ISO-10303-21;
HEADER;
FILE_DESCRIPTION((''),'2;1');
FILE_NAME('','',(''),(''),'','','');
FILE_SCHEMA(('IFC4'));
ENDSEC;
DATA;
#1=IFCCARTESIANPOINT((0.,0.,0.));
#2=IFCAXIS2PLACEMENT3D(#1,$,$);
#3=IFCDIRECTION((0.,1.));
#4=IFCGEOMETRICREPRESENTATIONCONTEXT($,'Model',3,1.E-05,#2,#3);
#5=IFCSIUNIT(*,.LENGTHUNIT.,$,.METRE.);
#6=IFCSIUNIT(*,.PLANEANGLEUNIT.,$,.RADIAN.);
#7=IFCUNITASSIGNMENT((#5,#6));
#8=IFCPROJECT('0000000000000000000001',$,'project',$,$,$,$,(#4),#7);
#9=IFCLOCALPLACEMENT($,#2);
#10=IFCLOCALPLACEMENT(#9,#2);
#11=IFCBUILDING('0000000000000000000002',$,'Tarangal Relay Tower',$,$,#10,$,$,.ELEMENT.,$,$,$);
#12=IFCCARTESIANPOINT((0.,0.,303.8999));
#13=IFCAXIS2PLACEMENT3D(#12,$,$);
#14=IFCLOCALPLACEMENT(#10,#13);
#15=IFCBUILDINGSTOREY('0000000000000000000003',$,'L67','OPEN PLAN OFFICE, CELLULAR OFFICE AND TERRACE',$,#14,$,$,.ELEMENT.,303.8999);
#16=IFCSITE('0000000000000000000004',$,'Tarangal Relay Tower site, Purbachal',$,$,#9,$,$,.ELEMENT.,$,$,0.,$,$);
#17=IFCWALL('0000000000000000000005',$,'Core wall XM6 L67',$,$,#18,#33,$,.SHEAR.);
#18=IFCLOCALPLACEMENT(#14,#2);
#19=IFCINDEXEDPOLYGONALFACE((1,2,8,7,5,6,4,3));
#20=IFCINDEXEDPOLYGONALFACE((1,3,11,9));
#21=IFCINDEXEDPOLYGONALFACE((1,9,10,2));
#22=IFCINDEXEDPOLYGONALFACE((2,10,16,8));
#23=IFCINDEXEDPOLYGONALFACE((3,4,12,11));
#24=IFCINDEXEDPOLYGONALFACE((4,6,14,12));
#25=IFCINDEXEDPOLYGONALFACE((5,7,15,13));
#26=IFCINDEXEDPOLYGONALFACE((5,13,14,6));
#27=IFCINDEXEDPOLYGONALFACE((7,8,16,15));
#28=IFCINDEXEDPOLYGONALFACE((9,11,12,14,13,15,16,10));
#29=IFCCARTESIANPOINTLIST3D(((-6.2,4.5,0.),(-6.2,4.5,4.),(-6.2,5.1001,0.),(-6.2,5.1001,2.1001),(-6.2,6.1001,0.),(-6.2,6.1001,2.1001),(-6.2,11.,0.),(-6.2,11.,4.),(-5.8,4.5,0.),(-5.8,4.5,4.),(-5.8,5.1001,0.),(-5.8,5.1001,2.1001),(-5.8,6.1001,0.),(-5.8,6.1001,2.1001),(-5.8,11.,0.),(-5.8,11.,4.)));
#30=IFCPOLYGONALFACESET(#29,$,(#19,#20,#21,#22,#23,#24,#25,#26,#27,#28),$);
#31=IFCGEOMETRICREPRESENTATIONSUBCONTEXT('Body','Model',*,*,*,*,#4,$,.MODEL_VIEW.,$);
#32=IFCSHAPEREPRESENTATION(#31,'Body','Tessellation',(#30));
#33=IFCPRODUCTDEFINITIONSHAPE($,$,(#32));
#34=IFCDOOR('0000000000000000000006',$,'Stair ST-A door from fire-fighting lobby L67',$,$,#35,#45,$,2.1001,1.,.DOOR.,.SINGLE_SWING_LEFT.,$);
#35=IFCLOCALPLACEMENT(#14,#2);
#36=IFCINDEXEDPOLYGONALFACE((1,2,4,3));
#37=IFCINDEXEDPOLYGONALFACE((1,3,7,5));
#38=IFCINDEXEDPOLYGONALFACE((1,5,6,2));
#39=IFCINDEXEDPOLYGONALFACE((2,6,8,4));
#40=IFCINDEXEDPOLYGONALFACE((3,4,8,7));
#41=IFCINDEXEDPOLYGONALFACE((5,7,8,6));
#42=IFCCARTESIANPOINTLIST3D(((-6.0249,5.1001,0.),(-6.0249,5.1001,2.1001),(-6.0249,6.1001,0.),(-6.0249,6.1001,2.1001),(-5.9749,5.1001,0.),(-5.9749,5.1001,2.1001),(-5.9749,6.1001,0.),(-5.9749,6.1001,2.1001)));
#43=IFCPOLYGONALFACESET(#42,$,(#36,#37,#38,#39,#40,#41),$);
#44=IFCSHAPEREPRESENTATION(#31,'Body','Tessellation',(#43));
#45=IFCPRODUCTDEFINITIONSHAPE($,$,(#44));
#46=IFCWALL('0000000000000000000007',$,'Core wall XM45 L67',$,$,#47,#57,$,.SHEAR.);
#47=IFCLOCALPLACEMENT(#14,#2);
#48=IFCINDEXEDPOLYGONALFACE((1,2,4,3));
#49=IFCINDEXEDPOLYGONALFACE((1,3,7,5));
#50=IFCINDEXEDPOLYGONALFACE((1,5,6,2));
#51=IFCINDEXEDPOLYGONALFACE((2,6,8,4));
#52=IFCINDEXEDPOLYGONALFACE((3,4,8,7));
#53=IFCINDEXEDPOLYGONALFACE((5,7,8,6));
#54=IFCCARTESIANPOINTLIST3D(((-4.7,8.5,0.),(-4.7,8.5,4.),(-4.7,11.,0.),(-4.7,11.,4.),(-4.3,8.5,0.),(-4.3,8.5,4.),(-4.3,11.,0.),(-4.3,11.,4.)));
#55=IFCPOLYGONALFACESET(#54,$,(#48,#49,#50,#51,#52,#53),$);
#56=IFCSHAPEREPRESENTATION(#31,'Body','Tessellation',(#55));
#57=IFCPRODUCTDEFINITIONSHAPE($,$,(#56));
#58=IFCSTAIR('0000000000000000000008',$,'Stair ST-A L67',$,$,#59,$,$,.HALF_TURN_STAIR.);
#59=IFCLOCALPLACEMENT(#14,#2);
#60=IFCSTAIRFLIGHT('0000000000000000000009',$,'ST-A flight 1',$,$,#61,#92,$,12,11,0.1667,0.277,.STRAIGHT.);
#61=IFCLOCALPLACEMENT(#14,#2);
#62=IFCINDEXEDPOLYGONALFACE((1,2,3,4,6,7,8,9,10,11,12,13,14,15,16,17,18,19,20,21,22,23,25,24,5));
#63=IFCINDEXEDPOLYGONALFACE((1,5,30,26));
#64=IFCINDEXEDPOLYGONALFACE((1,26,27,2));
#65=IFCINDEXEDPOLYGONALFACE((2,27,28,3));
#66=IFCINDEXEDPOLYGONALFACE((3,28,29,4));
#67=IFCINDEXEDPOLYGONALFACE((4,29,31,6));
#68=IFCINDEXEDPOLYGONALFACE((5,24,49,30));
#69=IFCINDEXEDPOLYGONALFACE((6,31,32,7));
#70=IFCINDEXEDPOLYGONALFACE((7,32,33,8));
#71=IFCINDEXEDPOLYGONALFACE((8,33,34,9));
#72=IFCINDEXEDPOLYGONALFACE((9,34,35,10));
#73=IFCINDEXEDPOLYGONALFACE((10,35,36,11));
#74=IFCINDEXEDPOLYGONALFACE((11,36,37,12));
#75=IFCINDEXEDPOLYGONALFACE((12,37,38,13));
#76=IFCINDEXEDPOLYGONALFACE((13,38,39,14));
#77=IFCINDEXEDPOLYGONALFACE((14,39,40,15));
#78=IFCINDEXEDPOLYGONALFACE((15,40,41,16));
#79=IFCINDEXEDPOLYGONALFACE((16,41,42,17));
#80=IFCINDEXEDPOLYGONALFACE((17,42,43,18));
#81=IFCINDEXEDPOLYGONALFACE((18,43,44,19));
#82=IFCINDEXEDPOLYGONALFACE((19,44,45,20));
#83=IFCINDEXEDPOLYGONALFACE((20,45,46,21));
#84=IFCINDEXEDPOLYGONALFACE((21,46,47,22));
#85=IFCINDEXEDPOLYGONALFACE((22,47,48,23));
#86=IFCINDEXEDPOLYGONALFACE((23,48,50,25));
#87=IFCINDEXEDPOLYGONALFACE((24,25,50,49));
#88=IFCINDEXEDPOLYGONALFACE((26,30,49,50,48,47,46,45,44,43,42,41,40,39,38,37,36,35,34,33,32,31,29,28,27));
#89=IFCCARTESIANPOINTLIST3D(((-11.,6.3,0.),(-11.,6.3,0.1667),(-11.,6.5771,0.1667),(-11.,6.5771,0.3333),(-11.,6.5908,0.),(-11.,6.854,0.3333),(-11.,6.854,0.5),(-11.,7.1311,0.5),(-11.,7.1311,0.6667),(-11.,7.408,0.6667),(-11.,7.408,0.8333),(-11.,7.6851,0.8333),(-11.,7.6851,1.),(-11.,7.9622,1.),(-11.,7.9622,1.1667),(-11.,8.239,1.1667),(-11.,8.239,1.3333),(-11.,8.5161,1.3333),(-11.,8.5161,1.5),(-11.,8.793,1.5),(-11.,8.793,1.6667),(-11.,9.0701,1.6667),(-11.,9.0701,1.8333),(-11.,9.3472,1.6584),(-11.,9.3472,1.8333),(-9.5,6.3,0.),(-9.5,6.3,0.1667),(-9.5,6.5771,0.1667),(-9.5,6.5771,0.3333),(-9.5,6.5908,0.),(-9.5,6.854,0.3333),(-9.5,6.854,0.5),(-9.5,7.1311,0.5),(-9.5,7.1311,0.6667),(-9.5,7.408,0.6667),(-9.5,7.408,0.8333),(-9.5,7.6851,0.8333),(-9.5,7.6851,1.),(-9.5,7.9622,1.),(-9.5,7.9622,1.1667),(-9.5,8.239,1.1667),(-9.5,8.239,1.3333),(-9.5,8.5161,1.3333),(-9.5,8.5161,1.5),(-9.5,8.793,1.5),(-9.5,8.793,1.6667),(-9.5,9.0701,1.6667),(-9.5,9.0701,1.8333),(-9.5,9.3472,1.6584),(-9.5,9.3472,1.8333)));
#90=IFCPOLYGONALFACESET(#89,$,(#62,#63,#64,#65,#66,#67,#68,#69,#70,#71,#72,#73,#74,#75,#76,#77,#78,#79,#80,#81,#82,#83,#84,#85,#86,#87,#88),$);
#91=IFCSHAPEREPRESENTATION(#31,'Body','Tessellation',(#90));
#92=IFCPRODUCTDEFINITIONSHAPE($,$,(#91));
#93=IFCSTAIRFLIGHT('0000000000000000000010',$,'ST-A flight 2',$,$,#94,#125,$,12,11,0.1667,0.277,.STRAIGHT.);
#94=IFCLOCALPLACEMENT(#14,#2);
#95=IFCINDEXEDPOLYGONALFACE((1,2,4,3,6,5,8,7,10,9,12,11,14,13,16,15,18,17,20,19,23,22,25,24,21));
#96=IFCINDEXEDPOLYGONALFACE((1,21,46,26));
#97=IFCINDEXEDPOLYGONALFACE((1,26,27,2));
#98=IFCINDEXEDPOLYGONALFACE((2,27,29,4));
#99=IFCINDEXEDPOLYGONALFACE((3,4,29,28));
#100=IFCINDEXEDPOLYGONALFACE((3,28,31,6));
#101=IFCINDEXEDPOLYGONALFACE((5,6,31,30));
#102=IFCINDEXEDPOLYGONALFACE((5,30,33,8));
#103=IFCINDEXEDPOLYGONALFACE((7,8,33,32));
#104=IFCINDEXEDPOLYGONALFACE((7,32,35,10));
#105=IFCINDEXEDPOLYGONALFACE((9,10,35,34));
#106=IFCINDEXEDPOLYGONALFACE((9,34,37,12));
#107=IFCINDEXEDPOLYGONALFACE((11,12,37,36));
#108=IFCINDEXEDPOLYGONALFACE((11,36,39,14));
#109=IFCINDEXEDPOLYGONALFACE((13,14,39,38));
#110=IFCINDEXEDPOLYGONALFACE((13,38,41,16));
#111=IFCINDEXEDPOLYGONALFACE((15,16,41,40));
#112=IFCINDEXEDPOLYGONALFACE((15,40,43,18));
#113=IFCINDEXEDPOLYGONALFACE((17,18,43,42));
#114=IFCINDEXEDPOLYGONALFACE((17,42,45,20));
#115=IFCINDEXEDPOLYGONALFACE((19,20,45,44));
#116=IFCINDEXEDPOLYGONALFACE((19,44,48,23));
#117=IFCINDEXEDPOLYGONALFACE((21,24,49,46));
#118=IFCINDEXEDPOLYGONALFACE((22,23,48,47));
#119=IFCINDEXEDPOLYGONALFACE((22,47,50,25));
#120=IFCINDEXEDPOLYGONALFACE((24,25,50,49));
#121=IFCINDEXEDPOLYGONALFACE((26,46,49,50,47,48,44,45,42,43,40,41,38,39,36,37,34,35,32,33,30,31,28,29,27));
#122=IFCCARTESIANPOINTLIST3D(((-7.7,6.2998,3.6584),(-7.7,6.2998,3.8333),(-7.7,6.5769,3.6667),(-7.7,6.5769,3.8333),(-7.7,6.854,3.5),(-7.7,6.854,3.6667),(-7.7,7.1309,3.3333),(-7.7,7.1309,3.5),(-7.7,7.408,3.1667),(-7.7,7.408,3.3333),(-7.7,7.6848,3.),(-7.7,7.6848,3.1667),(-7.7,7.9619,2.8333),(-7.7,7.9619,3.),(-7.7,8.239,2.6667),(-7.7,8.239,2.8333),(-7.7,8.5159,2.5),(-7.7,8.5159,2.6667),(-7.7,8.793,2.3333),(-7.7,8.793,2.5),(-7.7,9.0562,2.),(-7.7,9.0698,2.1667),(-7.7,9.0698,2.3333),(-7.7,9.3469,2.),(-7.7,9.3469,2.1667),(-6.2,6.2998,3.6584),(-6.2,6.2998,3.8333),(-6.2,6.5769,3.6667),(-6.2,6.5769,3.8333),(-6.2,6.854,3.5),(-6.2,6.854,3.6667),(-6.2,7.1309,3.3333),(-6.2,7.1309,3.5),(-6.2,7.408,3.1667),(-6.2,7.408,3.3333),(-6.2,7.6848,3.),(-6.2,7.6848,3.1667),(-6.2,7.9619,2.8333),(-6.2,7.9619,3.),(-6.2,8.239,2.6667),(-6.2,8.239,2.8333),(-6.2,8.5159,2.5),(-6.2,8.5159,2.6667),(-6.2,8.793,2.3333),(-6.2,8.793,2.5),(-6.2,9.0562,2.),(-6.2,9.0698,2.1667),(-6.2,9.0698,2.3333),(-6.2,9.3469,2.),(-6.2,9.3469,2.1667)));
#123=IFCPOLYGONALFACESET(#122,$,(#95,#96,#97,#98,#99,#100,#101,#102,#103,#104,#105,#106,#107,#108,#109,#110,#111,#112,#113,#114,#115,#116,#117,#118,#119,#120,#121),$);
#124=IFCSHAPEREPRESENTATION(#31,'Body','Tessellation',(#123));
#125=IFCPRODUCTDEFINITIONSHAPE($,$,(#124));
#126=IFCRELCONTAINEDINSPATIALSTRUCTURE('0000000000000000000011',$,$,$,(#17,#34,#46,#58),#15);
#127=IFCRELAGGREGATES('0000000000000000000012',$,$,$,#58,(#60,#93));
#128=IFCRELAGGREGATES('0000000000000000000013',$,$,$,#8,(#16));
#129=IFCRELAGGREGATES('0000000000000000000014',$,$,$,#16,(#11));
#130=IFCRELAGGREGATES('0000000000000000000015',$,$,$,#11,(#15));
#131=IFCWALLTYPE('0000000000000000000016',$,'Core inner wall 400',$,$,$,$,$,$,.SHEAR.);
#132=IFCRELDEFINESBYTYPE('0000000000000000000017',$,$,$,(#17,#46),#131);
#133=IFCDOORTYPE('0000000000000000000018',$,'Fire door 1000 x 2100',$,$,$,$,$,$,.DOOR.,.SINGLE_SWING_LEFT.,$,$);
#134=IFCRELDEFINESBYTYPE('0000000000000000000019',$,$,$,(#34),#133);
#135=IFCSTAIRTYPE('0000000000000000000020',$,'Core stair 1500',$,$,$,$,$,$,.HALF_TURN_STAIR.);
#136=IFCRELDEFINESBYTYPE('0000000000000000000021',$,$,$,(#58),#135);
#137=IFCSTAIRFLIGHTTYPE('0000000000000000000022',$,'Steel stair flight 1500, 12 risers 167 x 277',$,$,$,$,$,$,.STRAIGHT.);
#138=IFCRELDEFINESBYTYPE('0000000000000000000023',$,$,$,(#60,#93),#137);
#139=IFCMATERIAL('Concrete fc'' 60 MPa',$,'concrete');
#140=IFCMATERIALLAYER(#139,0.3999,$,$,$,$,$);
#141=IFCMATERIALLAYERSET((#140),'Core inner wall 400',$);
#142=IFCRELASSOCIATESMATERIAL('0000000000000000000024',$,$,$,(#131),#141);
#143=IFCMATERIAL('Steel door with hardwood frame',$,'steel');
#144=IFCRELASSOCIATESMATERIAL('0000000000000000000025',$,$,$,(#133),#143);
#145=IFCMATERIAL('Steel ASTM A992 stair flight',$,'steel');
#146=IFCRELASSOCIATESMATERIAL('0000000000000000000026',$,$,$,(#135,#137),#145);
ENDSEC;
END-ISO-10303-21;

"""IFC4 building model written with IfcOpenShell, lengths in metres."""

from ifc_helpers import new_model, si_unit, direction, frame, frame_2d, origin, place, context, subcontext, project, spatial, polyline, rectangle, outline, extrude, material, layer, layer_set, type_object, element, fill, aggregate, save


model = new_model("IFC4")

# Units and contexts
model_context = context("Model", 3, precision=1e-05, world=origin(), true_north=direction((0.0, 1.0)))
body_context = subcontext(model_context, "Body", "Model", "MODEL_VIEW")
ifc_project = project(units=[si_unit("LENGTHUNIT", "METRE"), si_unit("PLANEANGLEUNIT", "RADIAN")], contexts=[model_context])

# Site, building, storey
site_placement = place(None, origin())
site = spatial("IfcSite", under=ifc_project, at=site_placement, Name="Tarangal Relay Tower site, Purbachal", CompositionType="ELEMENT", RefElevation=0.0)
building_placement = place(site_placement, origin())
building = spatial("IfcBuilding", under=site, at=building_placement, Name="Tarangal Relay Tower", CompositionType="ELEMENT")
storey_placement = place(building_placement, frame((0.0, 0.0, 303.8999)))
storey = spatial("IfcBuildingStorey", under=building, at=storey_placement, Name="L67", Description="OPEN PLAN OFFICE, CELLULAR OFFICE AND TERRACE", CompositionType="ELEMENT", Elevation=303.8999)

# Shared definitions
ifc_material_1 = material(Name="Concrete fc' 60 MPa", Category="concrete")
ifc_layer = layer(ifc_material_1, 0.3999)
ifc_layer_set = layer_set([ifc_layer], Name="Core inner wall 400")
wall_type = type_object("IfcWallType", Name="Core inner wall 400", PredefinedType="SHEAR", material=ifc_layer_set)
ifc_material_2 = material(Name="Steel door with hardwood frame", Category="steel")

# Wall, opening, door
wall_1_placement = place(storey_placement, frame((-6.0, 4.5, 0.0), z_axis=(0.0, 0.0, 1.0), x_axis=(0.0, 1.0, 0.0)))
wall_1 = element("IfcWall", 1, at=wall_1_placement, inside=storey, type_object=wall_type, Name="Core wall XM6 L67", PredefinedType="SHEAR", context=body_context, shape_type="SweptSolid", body=[
    extrude(rectangle(XDim=6.5, YDim=0.3999, at=frame_2d((3.25, 0.0))), origin(), (0.0, 0.0, 1.0), 4.0),
])
opening_1_placement = place(wall_1_placement, frame((0.6001, 0.0, 0.0)))
opening_1 = element("IfcOpeningElement", 2, at=opening_1_placement, cuts=wall_1, PredefinedType="OPENING", context=body_context, shape_type="SweptSolid", body=[
    extrude(rectangle(XDim=1.0, YDim=2.1001, at=frame_2d((0.5, 1.05))), frame((0.0, 0.21, 0.0), z_axis=(0.0, -1.0, 0.0), x_axis=(1.0, 0.0, 0.0)), (0.0, 0.0, 1.0), 0.4199),
])
door_type_1 = type_object("IfcDoorType", Name="Fire door 1000 x 2100", OperationType="SINGLE_SWING_LEFT", PredefinedType="DOOR", material=ifc_material_2)
door_1_placement = place(opening_1_placement, origin())
door_1 = element("IfcDoor", 3, at=door_1_placement, inside=storey, type_object=door_type_1, Name="Stair ST-A door from fire-fighting lobby L67", OperationType="SINGLE_SWING_LEFT", OverallHeight=2.1001, OverallWidth=1.0, PredefinedType="DOOR", context=body_context, shape_type="SweptSolid", body=[
    extrude(rectangle(XDim=1.0, YDim=2.1001, at=frame_2d((0.5, 1.05))), frame((0.0, 0.0249, 0.0), z_axis=(0.0, -1.0, 0.0), x_axis=(1.0, 0.0, 0.0)), (0.0, 0.0, 1.0), 0.05),
])
fill(opening_1, door_1)

# Wall
wall_2_placement = place(storey_placement, frame((-4.5, 8.5, 0.0), z_axis=(0.0, 0.0, 1.0), x_axis=(0.0, 1.0, 0.0)))
element("IfcWall", 4, at=wall_2_placement, inside=storey, type_object=wall_type, Name="Core wall XM45 L67", PredefinedType="SHEAR", context=body_context, shape_type="SweptSolid", body=[
    extrude(rectangle(XDim=2.5, YDim=0.3999, at=frame_2d((1.25, 0.0))), origin(), (0.0, 0.0, 1.0), 4.0),
])

# Stair, stair flights
ifc_material_3 = material(Name="Steel ASTM A992 stair flight", Category="steel")
stair_type = type_object("IfcStairType", Name="Core stair 1500", PredefinedType="HALF_TURN_STAIR", material=ifc_material_3)
stair_placement = place(storey_placement, origin())
stair = element("IfcStair", 5, at=stair_placement, inside=storey, type_object=stair_type, Name="Stair ST-A L67", PredefinedType="HALF_TURN_STAIR")
stair_flight_type = type_object("IfcStairFlightType", Name="Steel stair flight 1500, 12 risers 167 x 277", PredefinedType="STRAIGHT", material=ifc_material_3)
stair_flight_1_placement = place(storey_placement, frame((-10.25, 6.3, 0.0), z_axis=(0.0, 0.0, 1.0), x_axis=(0.0, 1.0, 0.0)))
stair_flight_1 = element("IfcStairFlight", 6, at=stair_flight_1_placement, type_object=stair_flight_type, Name="ST-A flight 1", NumberOfRisers=12, NumberOfTreads=11, PredefinedType="STRAIGHT", RiserHeight=0.1667, TreadLength=0.277, context=body_context, shape_type="SweptSolid", body=[
    extrude(outline(polyline([(0.0, 0.0), (0.0, 0.1667), (0.2771, 0.1667), (0.2771, 0.3333), (0.554, 0.3333), (0.554, 0.5), (0.8311, 0.5), (0.8311, 0.6667), (1.1079, 0.6667), (1.1079, 0.8333), (1.385, 0.8333), (1.385, 1.0), (1.6621, 1.0), (1.6621, 1.1667), (1.939, 1.1667), (1.939, 1.3333), (2.2161, 1.3333), (2.2161, 1.5), (2.4929, 1.5), (2.4929, 1.6667), (2.77, 1.6667), (2.77, 1.8333), (3.0471, 1.8333), (3.0471, 2.0), (3.0471, 1.6584), (0.2908, 0.0), (0.0, 0.0)])), frame((0.0, 0.75, 0.0), z_axis=(0.0, -1.0, 0.0), x_axis=(1.0, 0.0, 0.0)), (0.0, 0.0, 1.0), 1.5),
])
stair_flight_2_placement = place(storey_placement, frame((-6.95, 9.3469, 2.0), z_axis=(0.0, 0.0, 1.0), x_axis=(0.0, -1.0, 0.0)))
stair_flight_2 = element("IfcStairFlight", 7, at=stair_flight_2_placement, type_object=stair_flight_type, Name="ST-A flight 2", NumberOfRisers=12, NumberOfTreads=11, PredefinedType="STRAIGHT", RiserHeight=0.1667, TreadLength=0.277, context=body_context, shape_type="SweptSolid", body=[
    extrude(outline(polyline([(0.0, 0.0), (0.0, 0.1667), (0.2771, 0.1667), (0.2771, 0.3333), (0.554, 0.3333), (0.554, 0.5), (0.8311, 0.5), (0.8311, 0.6667), (1.1079, 0.6667), (1.1079, 0.8333), (1.385, 0.8333), (1.385, 1.0), (1.6621, 1.0), (1.6621, 1.1667), (1.939, 1.1667), (1.939, 1.3333), (2.2161, 1.3333), (2.2161, 1.5), (2.4929, 1.5), (2.4929, 1.6667), (2.77, 1.6667), (2.77, 1.8333), (3.0471, 1.8333), (3.0471, 2.0), (3.0471, 1.6584), (0.2908, 0.0), (0.0, 0.0)])), frame((0.0, 0.75, 0.0), z_axis=(0.0, -1.0, 0.0), x_axis=(1.0, 0.0, 0.0)), (0.0, 0.0, 1.0), 1.5),
])
aggregate(stair, [stair_flight_1, stair_flight_2])

save(model, "model.ifc")
